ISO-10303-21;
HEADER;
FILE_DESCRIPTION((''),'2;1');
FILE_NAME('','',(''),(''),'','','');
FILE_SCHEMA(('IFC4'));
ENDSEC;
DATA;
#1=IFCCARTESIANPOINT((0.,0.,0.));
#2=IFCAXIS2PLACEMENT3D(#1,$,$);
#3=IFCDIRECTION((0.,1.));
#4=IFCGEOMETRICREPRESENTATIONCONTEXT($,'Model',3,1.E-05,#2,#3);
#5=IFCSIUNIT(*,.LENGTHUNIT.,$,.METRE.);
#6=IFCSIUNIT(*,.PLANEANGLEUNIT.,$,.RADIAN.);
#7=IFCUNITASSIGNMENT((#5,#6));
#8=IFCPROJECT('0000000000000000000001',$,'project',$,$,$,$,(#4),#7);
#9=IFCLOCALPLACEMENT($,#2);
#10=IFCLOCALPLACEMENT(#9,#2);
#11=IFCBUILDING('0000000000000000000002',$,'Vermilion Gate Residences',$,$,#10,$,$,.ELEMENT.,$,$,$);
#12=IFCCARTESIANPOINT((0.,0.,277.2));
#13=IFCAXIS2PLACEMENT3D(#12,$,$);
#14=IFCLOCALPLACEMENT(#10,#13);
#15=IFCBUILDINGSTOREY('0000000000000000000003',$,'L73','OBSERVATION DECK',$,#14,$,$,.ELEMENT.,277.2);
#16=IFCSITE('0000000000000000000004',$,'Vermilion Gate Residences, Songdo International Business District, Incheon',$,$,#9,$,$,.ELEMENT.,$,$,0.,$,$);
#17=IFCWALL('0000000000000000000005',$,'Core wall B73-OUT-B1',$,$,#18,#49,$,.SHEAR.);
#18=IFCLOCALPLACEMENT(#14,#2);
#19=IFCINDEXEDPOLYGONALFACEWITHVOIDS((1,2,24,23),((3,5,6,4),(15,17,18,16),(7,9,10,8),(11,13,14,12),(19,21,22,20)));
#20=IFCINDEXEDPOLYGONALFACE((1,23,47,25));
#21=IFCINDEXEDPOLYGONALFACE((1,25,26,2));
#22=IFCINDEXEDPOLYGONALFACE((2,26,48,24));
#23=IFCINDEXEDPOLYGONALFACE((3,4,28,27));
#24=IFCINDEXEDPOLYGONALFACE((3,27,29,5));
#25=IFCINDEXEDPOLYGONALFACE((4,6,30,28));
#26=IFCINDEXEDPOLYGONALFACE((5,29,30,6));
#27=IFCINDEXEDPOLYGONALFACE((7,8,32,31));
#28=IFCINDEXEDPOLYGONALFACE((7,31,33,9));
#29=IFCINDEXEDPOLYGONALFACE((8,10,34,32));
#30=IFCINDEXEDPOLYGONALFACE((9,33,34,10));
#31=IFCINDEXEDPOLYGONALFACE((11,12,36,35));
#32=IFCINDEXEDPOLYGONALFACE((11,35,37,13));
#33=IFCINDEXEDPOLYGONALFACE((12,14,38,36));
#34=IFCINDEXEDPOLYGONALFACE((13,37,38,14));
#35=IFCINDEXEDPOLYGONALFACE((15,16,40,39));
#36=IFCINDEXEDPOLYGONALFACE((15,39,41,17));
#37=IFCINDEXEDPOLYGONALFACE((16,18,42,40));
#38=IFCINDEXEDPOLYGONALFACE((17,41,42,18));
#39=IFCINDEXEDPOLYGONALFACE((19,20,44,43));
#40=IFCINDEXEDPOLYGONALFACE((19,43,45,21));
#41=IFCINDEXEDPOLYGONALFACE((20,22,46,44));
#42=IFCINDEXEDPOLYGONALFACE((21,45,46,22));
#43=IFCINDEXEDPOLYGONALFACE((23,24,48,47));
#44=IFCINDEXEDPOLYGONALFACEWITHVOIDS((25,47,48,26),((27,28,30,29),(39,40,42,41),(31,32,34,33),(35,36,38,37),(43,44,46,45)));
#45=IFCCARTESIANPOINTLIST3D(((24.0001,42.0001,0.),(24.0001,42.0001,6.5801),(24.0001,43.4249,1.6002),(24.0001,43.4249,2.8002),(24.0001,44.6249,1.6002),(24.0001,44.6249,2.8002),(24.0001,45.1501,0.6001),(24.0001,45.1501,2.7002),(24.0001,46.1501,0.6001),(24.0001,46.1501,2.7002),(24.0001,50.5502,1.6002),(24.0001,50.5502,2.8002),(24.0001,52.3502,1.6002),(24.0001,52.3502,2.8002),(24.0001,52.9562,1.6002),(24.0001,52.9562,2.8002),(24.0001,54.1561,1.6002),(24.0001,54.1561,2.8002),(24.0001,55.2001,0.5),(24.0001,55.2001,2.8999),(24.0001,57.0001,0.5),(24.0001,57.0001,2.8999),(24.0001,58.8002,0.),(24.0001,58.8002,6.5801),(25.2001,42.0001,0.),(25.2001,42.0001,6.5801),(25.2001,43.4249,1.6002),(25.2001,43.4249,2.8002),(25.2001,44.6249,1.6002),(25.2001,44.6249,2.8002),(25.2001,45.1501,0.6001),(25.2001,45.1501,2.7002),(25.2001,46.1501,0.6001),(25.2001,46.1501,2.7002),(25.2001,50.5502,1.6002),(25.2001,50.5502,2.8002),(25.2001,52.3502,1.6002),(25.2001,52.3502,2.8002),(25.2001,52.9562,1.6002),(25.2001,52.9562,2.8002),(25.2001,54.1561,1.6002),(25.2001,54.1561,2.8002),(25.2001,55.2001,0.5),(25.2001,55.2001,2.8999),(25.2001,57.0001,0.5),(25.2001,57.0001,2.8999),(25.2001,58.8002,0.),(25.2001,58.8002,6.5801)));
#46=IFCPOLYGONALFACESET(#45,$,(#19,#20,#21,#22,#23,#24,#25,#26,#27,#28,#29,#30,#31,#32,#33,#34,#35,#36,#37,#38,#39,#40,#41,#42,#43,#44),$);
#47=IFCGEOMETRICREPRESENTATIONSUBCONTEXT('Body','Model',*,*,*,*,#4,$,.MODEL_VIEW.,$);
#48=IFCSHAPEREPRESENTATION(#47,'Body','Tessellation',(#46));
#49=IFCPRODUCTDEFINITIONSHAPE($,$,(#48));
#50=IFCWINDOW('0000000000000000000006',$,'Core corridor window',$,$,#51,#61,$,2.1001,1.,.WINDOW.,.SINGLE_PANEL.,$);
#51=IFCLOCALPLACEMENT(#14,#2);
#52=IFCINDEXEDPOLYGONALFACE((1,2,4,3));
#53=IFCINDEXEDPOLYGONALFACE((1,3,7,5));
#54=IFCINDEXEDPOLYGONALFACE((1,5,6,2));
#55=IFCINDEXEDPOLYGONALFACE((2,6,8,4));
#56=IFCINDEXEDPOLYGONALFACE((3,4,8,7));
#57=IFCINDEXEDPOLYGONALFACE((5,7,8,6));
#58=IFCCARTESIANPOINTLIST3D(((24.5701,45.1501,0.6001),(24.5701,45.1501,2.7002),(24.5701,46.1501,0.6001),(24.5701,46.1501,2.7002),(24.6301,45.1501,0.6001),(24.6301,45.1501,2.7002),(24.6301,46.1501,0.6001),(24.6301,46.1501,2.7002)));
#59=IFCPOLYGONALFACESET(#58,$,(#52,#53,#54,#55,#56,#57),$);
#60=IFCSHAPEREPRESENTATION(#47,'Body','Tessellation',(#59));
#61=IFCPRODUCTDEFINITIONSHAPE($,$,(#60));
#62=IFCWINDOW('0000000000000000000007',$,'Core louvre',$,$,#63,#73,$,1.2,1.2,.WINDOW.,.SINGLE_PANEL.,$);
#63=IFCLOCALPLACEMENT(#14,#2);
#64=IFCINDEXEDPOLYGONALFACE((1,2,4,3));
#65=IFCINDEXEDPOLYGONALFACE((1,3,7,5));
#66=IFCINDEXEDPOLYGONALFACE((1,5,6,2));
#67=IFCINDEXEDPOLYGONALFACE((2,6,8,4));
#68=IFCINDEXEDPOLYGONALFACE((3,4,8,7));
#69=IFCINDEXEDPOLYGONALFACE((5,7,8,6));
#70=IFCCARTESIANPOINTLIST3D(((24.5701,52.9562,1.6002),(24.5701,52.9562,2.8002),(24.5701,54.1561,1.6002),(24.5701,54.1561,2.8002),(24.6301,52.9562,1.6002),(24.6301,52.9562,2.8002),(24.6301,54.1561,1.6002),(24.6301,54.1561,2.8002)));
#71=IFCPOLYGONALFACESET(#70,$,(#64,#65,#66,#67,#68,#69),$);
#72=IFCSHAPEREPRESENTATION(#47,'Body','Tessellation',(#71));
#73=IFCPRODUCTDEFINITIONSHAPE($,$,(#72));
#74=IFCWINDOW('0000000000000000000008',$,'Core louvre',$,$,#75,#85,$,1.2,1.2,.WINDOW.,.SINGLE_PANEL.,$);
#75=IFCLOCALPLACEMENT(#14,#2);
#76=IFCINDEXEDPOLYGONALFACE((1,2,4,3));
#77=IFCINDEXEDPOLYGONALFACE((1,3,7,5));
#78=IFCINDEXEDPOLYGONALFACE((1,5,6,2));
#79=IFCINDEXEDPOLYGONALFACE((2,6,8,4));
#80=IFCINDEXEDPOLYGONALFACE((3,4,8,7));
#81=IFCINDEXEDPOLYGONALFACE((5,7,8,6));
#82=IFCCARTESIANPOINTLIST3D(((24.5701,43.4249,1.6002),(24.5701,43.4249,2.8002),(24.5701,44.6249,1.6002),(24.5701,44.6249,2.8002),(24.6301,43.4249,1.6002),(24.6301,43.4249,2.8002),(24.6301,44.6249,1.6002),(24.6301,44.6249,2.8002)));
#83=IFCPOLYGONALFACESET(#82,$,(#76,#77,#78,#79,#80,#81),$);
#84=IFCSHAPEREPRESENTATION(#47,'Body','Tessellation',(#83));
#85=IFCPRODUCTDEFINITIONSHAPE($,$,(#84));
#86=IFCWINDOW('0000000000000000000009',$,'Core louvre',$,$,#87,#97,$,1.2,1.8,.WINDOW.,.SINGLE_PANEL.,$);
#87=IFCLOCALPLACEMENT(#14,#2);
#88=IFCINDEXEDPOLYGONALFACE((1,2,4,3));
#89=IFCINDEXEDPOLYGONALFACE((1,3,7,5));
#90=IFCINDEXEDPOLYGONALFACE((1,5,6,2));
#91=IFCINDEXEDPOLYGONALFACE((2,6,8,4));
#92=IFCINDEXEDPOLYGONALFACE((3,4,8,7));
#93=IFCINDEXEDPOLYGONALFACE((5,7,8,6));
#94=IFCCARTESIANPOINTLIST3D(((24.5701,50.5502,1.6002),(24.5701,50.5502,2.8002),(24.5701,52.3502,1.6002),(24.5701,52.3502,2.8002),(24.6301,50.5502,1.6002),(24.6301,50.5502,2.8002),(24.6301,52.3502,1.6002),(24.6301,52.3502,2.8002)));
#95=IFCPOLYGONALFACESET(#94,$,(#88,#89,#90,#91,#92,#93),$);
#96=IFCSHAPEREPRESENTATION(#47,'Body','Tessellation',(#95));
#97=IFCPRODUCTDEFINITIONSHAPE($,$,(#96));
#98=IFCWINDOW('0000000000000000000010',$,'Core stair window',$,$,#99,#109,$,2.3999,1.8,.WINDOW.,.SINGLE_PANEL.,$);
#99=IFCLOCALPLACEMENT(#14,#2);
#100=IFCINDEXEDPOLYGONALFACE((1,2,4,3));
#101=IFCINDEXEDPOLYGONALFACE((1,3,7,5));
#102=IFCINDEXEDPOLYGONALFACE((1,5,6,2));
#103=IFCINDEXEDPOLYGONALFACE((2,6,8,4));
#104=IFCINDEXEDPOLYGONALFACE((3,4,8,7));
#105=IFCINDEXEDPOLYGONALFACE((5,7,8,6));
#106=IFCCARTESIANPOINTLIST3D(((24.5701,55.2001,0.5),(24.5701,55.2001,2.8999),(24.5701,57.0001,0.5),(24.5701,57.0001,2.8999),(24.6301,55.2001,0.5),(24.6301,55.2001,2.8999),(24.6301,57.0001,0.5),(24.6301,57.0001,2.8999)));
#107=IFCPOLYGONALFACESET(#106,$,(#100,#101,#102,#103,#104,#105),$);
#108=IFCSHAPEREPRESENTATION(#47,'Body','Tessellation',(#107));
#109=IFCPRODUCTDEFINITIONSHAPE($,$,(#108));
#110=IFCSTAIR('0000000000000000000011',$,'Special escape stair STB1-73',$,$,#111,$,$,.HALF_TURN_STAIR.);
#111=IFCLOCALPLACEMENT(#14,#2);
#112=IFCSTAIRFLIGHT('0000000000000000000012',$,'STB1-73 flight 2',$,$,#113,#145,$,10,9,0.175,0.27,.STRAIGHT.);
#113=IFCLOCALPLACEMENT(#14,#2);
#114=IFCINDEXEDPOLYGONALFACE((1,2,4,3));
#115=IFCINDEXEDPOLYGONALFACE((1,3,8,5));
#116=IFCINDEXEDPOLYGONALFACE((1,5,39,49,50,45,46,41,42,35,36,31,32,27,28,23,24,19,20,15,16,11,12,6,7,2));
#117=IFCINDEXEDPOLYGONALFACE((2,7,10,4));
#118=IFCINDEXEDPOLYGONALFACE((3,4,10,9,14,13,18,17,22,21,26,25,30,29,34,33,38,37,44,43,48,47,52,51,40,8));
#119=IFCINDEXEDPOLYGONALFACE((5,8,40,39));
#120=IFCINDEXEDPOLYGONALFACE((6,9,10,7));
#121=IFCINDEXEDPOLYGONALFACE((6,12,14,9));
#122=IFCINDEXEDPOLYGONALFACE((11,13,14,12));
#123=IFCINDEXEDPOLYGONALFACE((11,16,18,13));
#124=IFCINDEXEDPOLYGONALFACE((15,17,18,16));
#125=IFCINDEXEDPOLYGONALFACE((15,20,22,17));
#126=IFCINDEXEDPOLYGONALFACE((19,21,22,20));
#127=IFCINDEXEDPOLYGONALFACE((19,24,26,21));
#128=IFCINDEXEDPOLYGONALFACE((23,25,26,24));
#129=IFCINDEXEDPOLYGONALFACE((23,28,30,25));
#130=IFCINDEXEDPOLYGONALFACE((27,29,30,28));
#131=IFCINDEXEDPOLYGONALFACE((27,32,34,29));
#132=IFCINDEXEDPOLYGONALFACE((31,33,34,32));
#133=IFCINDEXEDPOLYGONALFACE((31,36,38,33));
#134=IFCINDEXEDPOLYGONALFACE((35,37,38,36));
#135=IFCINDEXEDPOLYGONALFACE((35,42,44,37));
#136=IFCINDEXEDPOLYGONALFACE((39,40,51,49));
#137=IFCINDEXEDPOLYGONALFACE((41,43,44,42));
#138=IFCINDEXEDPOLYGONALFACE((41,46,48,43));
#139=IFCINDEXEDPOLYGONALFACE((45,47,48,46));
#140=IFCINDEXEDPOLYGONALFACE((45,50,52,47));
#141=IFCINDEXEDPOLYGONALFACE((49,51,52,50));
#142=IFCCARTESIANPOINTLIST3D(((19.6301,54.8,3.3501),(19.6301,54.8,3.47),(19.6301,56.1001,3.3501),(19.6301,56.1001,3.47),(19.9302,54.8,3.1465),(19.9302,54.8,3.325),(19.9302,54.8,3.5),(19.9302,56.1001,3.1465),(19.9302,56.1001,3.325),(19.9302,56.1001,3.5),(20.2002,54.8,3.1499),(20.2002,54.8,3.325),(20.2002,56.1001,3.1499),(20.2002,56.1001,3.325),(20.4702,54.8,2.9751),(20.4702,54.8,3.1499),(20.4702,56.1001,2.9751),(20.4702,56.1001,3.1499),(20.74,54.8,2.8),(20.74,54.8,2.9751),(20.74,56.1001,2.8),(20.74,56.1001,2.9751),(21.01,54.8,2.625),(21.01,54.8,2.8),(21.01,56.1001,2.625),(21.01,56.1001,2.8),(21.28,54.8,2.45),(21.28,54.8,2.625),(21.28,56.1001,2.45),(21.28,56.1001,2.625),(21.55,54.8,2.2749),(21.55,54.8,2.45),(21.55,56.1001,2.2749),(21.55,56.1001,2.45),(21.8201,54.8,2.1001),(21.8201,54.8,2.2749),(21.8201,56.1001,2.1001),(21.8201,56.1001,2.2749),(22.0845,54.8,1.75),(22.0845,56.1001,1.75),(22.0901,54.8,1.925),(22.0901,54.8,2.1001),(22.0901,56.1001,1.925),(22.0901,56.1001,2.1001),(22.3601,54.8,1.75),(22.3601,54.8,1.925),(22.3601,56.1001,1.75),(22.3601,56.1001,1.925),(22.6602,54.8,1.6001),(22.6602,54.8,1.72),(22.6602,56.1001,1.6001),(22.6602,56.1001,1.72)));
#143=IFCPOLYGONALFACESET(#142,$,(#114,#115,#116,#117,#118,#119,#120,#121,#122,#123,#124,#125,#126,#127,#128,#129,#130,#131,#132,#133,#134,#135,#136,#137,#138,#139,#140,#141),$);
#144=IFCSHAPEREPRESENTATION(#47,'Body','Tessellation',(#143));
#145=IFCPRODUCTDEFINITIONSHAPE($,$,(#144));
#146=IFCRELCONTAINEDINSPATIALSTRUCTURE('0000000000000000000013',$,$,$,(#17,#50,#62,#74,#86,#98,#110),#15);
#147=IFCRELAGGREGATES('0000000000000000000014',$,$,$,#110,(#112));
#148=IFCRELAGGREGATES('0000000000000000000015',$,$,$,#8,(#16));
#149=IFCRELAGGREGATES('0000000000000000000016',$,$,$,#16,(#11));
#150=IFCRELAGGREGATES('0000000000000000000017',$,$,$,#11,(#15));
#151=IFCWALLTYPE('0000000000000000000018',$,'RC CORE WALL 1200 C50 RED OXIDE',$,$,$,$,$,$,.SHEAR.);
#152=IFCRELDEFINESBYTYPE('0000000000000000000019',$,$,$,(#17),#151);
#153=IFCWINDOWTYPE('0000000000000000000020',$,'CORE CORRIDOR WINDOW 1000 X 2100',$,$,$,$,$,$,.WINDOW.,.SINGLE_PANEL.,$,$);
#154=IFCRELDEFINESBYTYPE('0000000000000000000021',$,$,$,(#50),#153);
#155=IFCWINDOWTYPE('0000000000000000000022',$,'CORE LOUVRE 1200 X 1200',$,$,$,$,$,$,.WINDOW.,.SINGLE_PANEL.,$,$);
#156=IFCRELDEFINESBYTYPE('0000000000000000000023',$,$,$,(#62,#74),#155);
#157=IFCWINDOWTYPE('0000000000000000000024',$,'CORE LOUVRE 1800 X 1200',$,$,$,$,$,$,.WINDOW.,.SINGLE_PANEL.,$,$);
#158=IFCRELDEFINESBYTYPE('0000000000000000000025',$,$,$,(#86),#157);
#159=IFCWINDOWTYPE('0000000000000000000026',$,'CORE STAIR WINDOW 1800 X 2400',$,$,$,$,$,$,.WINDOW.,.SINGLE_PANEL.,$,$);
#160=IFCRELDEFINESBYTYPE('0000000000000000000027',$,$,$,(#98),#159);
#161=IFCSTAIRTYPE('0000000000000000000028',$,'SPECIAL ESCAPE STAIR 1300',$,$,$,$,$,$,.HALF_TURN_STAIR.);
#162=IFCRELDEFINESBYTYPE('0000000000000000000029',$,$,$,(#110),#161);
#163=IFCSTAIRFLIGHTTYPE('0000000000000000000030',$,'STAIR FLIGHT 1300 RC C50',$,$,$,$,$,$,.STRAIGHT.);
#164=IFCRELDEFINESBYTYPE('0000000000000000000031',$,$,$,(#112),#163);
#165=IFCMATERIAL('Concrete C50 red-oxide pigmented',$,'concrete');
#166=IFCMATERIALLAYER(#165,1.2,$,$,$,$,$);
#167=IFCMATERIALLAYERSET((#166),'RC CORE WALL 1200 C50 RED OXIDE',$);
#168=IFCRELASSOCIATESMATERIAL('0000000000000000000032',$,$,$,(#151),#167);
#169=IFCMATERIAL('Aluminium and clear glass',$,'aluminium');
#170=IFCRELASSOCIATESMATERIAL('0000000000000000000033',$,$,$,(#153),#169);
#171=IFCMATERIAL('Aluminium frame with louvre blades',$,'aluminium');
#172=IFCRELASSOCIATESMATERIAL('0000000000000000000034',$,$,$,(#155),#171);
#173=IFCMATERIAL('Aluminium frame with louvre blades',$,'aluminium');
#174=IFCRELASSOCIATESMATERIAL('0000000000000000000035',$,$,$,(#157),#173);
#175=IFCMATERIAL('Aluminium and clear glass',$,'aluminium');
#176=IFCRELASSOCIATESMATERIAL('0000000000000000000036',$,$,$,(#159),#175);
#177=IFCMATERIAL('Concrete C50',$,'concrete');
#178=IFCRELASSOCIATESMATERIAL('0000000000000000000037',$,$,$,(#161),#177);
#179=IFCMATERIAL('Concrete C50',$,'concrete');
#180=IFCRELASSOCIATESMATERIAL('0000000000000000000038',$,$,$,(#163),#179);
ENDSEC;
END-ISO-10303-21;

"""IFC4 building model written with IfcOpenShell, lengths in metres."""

from ifc_helpers import new_model, si_unit, direction, frame, frame_2d, origin, place, context, subcontext, project, spatial, polyline, rectangle, outline, extrude, material, layer, layer_set, type_object, element, fill, aggregate, save


model = new_model("IFC4")

# Units and contexts
model_context = context("Model", 3, precision=1e-05, world=origin(), true_north=direction((0.0, 1.0)))
body_context = subcontext(model_context, "Body", "Model", "MODEL_VIEW")
ifc_project = project(units=[si_unit("LENGTHUNIT", "METRE"), si_unit("PLANEANGLEUNIT", "RADIAN")], contexts=[model_context])

# Site, building, storey
site_placement = place(None, origin())
site = spatial("IfcSite", under=ifc_project, at=site_placement, Name="Vermilion Gate Residences, Songdo International Business District, Incheon", CompositionType="ELEMENT", RefElevation=0.0)
building_placement = place(site_placement, origin())
building = spatial("IfcBuilding", under=site, at=building_placement, Name="Vermilion Gate Residences", CompositionType="ELEMENT")
storey_placement = place(building_placement, frame((0.0, 0.0, 277.2)))
storey = spatial("IfcBuildingStorey", under=building, at=storey_placement, Name="L73", Description="OBSERVATION DECK", CompositionType="ELEMENT", Elevation=277.2)

# Wall, openings, windows
ifc_material_1 = material(Name="Concrete C50 red-oxide pigmented", Category="concrete")
ifc_layer_1 = layer(ifc_material_1, 1.2)
ifc_layer_set_1 = layer_set([ifc_layer_1], Name="RC CORE WALL 1200 C50 RED OXIDE")
wall_type_1 = type_object("IfcWallType", Name="RC CORE WALL 1200 C50 RED OXIDE", PredefinedType="SHEAR", material=ifc_layer_set_1)
wall_1_placement = place(storey_placement, frame((24.6001, 58.8, 0.0), z_axis=(0.0, 0.0, 1.0), x_axis=(0.0, -1.0, 0.0)))
wall_1 = element("IfcWall", 1, at=wall_1_placement, inside=storey, type_object=wall_type_1, Name="Core wall B73-OUT-B1", PredefinedType="SHEAR", context=body_context, shape_type="SweptSolid", body=[
    extrude(rectangle(XDim=16.8, YDim=1.2, at=frame_2d((8.3999, 0.0))), origin(), (0.0, 0.0, 1.0), 6.5801),
])
opening_1_placement = place(wall_1_placement, frame((1.8, 0.0, 0.5)))
opening_1 = element("IfcOpeningElement", 2, at=opening_1_placement, cuts=wall_1, PredefinedType="OPENING", context=body_context, shape_type="SweptSolid", body=[
    extrude(rectangle(XDim=1.8, YDim=2.3999, at=frame_2d((0.8999, 1.2))), frame((0.0, 0.6099, 0.0), z_axis=(0.0, -1.0, 0.0), x_axis=(1.0, 0.0, 0.0)), (0.0, 0.0, 1.0), 1.22),
])
opening_2_placement = place(wall_1_placement, frame((4.6438, 0.0, 1.6001)))
opening_2 = element("IfcOpeningElement", 3, at=opening_2_placement, cuts=wall_1, PredefinedType="OPENING", context=body_context, shape_type="SweptSolid", body=[
    extrude(rectangle(XDim=1.2, YDim=1.2, at=frame_2d((0.6001, 0.6001))), frame((0.0, 0.6099, 0.0), z_axis=(0.0, -1.0, 0.0), x_axis=(1.0, 0.0, 0.0)), (0.0, 0.0, 1.0), 1.22),
])
opening_3_placement = place(wall_1_placement, frame((6.45, 0.0, 1.6001)))
opening_3 = element("IfcOpeningElement", 4, at=opening_3_placement, cuts=wall_1, PredefinedType="OPENING", context=body_context, shape_type="SweptSolid", body=[
    extrude(rectangle(XDim=1.8, YDim=1.2, at=frame_2d((0.8999, 0.6001))), frame((0.0, 0.6099, 0.0), z_axis=(0.0, -1.0, 0.0), x_axis=(1.0, 0.0, 0.0)), (0.0, 0.0, 1.0), 1.22),
])
opening_4_placement = place(wall_1_placement, frame((12.6499, 0.0, 0.6001)))
opening_4 = element("IfcOpeningElement", 5, at=opening_4_placement, cuts=wall_1, PredefinedType="OPENING", context=body_context, shape_type="SweptSolid", body=[
    extrude(rectangle(XDim=1.0, YDim=2.1001, at=frame_2d((0.5, 1.05))), frame((0.0, 0.6099, 0.0), z_axis=(0.0, -1.0, 0.0), x_axis=(1.0, 0.0, 0.0)), (0.0, 0.0, 1.0), 1.22),
])
opening_5_placement = place(wall_1_placement, frame((14.175, 0.0, 1.6001)))
opening_5 = element("IfcOpeningElement", 6, at=opening_5_placement, cuts=wall_1, PredefinedType="OPENING", context=body_context, shape_type="SweptSolid", body=[
    extrude(rectangle(XDim=1.2, YDim=1.2, at=frame_2d((0.6001, 0.6001))), frame((0.0, 0.6099, 0.0), z_axis=(0.0, -1.0, 0.0), x_axis=(1.0, 0.0, 0.0)), (0.0, 0.0, 1.0), 1.22),
])
ifc_material_2 = material(Name="Aluminium and clear glass", Category="aluminium")
window_type_1 = type_object("IfcWindowType", Name="CORE CORRIDOR WINDOW 1000 X 2100", PartitioningType="SINGLE_PANEL", PredefinedType="WINDOW", material=ifc_material_2)
window_1_placement = place(opening_4_placement, origin())
window_1 = element("IfcWindow", 7, at=window_1_placement, inside=storey, type_object=window_type_1, Name="Core corridor window", OverallHeight=2.1001, OverallWidth=1.0, PartitioningType="SINGLE_PANEL", PredefinedType="WINDOW", context=body_context, shape_type="SweptSolid", body=[
    extrude(rectangle(XDim=1.0, YDim=2.1001, at=frame_2d((0.5, 1.05))), frame((0.0, 0.03, 0.0), z_axis=(0.0, -1.0, 0.0), x_axis=(1.0, 0.0, 0.0)), (0.0, 0.0, 1.0), 0.0601),
])
fill(opening_4, window_1)
ifc_material_3 = material(Name="Aluminium frame with louvre blades", Category="aluminium")
window_type_2 = type_object("IfcWindowType", Name="CORE LOUVRE 1200 X 1200", PartitioningType="SINGLE_PANEL", PredefinedType="WINDOW", material=ifc_material_3)
window_2_placement = place(opening_2_placement, origin())
window_2 = element("IfcWindow", 8, at=window_2_placement, inside=storey, type_object=window_type_2, Name="Core louvre", OverallHeight=1.2, OverallWidth=1.2, PartitioningType="SINGLE_PANEL", PredefinedType="WINDOW", context=body_context, shape_type="SweptSolid", body=[
    extrude(rectangle(XDim=1.2, YDim=1.2, at=frame_2d((0.6001, 0.6001))), frame((0.0, 0.03, 0.0), z_axis=(0.0, -1.0, 0.0), x_axis=(1.0, 0.0, 0.0)), (0.0, 0.0, 1.0), 0.0601),
])
fill(opening_2, window_2)
window_3_placement = place(opening_5_placement, origin())
window_3 = element("IfcWindow", 9, at=window_3_placement, inside=storey, type_object=window_type_2, Name="Core louvre", OverallHeight=1.2, OverallWidth=1.2, PartitioningType="SINGLE_PANEL", PredefinedType="WINDOW", context=body_context, shape_type="SweptSolid", body=[
    extrude(rectangle(XDim=1.2, YDim=1.2, at=frame_2d((0.6001, 0.6001))), frame((0.0, 0.03, 0.0), z_axis=(0.0, -1.0, 0.0), x_axis=(1.0, 0.0, 0.0)), (0.0, 0.0, 1.0), 0.0601),
])
fill(opening_5, window_3)
ifc_material_4 = material(Name="Aluminium frame with louvre blades", Category="aluminium")
window_type_3 = type_object("IfcWindowType", Name="CORE LOUVRE 1800 X 1200", PartitioningType="SINGLE_PANEL", PredefinedType="WINDOW", material=ifc_material_4)
window_4_placement = place(opening_3_placement, origin())
window_4 = element("IfcWindow", 10, at=window_4_placement, inside=storey, type_object=window_type_3, Name="Core louvre", OverallHeight=1.2, OverallWidth=1.8, PartitioningType="SINGLE_PANEL", PredefinedType="WINDOW", context=body_context, shape_type="SweptSolid", body=[
    extrude(rectangle(XDim=1.8, YDim=1.2, at=frame_2d((0.8999, 0.6001))), frame((0.0, 0.03, 0.0), z_axis=(0.0, -1.0, 0.0), x_axis=(1.0, 0.0, 0.0)), (0.0, 0.0, 1.0), 0.0601),
])
fill(opening_3, window_4)
ifc_material_5 = material(Name="Aluminium and clear glass", Category="aluminium")
window_type_4 = type_object("IfcWindowType", Name="CORE STAIR WINDOW 1800 X 2400", PartitioningType="SINGLE_PANEL", PredefinedType="WINDOW", material=ifc_material_5)
window_5_placement = place(opening_1_placement, origin())
window_5 = element("IfcWindow", 11, at=window_5_placement, inside=storey, type_object=window_type_4, Name="Core stair window", OverallHeight=2.3999, OverallWidth=1.8, PartitioningType="SINGLE_PANEL", PredefinedType="WINDOW", context=body_context, shape_type="SweptSolid", body=[
    extrude(rectangle(XDim=1.8, YDim=2.3999, at=frame_2d((0.8999, 1.2))), frame((0.0, 0.03, 0.0), z_axis=(0.0, -1.0, 0.0), x_axis=(1.0, 0.0, 0.0)), (0.0, 0.0, 1.0), 0.0601),
])
fill(opening_1, window_5)

# Stair, stair flight
ifc_material_6 = material(Name="Concrete C50", Category="concrete")
stair_type = type_object("IfcStairType", Name="SPECIAL ESCAPE STAIR 1300", PredefinedType="HALF_TURN_STAIR", material=ifc_material_6)
stair_placement = place(storey_placement, origin())
stair = element("IfcStair", 12, at=stair_placement, inside=storey, type_object=stair_type, Name="Special escape stair STB1-73", PredefinedType="HALF_TURN_STAIR")
ifc_material_7 = material(Name="Concrete C50", Category="concrete")
stair_flight_type = type_object("IfcStairFlightType", Name="STAIR FLIGHT 1300 RC C50", PredefinedType="STRAIGHT", material=ifc_material_7)
stair_flight_1_placement = place(storey_placement, frame((22.3601, 55.45, 1.75), z_axis=(0.0, 0.0, 1.0), x_axis=(-1.0, 0.0, 0.0)))
stair_flight_1 = element("IfcStairFlight", 13, at=stair_flight_1_placement, type_object=stair_flight_type, Name="STB1-73 flight 2", NumberOfRisers=10, NumberOfTreads=9, PredefinedType="STRAIGHT", RiserHeight=0.175, TreadLength=0.27, context=body_context, shape_type="SweptSolid", body=[
    extrude(outline(polyline([(-0.3, -0.1499), (-0.3, -0.03), (0.0, 0.0), (0.0, 0.175), (0.27, 0.175), (0.27, 0.3501), (0.54, 0.3501), (0.54, 0.5249), (0.8101, 0.5249), (0.8101, 0.7), (1.0801, 0.7), (1.0801, 0.875), (1.3501, 0.875), (1.3501, 1.05), (1.6201, 1.05), (1.6201, 1.2251), (1.8899, 1.2251), (1.8899, 1.3999), (2.1599, 1.3999), (2.1599, 1.575), (2.4299, 1.575), (2.4299, 1.75), (2.73, 1.72), (2.73, 1.6001), (2.4299, 1.3965), (0.2756, 0.0), (-0.3, -0.1499)])), frame((0.0, 0.6499, 0.0), z_axis=(0.0, -1.0, 0.0), x_axis=(1.0, 0.0, 0.0)), (0.0, 0.0, 1.0), 1.3),
])
aggregate(stair, [stair_flight_1])

save(model, "model.ifc")
